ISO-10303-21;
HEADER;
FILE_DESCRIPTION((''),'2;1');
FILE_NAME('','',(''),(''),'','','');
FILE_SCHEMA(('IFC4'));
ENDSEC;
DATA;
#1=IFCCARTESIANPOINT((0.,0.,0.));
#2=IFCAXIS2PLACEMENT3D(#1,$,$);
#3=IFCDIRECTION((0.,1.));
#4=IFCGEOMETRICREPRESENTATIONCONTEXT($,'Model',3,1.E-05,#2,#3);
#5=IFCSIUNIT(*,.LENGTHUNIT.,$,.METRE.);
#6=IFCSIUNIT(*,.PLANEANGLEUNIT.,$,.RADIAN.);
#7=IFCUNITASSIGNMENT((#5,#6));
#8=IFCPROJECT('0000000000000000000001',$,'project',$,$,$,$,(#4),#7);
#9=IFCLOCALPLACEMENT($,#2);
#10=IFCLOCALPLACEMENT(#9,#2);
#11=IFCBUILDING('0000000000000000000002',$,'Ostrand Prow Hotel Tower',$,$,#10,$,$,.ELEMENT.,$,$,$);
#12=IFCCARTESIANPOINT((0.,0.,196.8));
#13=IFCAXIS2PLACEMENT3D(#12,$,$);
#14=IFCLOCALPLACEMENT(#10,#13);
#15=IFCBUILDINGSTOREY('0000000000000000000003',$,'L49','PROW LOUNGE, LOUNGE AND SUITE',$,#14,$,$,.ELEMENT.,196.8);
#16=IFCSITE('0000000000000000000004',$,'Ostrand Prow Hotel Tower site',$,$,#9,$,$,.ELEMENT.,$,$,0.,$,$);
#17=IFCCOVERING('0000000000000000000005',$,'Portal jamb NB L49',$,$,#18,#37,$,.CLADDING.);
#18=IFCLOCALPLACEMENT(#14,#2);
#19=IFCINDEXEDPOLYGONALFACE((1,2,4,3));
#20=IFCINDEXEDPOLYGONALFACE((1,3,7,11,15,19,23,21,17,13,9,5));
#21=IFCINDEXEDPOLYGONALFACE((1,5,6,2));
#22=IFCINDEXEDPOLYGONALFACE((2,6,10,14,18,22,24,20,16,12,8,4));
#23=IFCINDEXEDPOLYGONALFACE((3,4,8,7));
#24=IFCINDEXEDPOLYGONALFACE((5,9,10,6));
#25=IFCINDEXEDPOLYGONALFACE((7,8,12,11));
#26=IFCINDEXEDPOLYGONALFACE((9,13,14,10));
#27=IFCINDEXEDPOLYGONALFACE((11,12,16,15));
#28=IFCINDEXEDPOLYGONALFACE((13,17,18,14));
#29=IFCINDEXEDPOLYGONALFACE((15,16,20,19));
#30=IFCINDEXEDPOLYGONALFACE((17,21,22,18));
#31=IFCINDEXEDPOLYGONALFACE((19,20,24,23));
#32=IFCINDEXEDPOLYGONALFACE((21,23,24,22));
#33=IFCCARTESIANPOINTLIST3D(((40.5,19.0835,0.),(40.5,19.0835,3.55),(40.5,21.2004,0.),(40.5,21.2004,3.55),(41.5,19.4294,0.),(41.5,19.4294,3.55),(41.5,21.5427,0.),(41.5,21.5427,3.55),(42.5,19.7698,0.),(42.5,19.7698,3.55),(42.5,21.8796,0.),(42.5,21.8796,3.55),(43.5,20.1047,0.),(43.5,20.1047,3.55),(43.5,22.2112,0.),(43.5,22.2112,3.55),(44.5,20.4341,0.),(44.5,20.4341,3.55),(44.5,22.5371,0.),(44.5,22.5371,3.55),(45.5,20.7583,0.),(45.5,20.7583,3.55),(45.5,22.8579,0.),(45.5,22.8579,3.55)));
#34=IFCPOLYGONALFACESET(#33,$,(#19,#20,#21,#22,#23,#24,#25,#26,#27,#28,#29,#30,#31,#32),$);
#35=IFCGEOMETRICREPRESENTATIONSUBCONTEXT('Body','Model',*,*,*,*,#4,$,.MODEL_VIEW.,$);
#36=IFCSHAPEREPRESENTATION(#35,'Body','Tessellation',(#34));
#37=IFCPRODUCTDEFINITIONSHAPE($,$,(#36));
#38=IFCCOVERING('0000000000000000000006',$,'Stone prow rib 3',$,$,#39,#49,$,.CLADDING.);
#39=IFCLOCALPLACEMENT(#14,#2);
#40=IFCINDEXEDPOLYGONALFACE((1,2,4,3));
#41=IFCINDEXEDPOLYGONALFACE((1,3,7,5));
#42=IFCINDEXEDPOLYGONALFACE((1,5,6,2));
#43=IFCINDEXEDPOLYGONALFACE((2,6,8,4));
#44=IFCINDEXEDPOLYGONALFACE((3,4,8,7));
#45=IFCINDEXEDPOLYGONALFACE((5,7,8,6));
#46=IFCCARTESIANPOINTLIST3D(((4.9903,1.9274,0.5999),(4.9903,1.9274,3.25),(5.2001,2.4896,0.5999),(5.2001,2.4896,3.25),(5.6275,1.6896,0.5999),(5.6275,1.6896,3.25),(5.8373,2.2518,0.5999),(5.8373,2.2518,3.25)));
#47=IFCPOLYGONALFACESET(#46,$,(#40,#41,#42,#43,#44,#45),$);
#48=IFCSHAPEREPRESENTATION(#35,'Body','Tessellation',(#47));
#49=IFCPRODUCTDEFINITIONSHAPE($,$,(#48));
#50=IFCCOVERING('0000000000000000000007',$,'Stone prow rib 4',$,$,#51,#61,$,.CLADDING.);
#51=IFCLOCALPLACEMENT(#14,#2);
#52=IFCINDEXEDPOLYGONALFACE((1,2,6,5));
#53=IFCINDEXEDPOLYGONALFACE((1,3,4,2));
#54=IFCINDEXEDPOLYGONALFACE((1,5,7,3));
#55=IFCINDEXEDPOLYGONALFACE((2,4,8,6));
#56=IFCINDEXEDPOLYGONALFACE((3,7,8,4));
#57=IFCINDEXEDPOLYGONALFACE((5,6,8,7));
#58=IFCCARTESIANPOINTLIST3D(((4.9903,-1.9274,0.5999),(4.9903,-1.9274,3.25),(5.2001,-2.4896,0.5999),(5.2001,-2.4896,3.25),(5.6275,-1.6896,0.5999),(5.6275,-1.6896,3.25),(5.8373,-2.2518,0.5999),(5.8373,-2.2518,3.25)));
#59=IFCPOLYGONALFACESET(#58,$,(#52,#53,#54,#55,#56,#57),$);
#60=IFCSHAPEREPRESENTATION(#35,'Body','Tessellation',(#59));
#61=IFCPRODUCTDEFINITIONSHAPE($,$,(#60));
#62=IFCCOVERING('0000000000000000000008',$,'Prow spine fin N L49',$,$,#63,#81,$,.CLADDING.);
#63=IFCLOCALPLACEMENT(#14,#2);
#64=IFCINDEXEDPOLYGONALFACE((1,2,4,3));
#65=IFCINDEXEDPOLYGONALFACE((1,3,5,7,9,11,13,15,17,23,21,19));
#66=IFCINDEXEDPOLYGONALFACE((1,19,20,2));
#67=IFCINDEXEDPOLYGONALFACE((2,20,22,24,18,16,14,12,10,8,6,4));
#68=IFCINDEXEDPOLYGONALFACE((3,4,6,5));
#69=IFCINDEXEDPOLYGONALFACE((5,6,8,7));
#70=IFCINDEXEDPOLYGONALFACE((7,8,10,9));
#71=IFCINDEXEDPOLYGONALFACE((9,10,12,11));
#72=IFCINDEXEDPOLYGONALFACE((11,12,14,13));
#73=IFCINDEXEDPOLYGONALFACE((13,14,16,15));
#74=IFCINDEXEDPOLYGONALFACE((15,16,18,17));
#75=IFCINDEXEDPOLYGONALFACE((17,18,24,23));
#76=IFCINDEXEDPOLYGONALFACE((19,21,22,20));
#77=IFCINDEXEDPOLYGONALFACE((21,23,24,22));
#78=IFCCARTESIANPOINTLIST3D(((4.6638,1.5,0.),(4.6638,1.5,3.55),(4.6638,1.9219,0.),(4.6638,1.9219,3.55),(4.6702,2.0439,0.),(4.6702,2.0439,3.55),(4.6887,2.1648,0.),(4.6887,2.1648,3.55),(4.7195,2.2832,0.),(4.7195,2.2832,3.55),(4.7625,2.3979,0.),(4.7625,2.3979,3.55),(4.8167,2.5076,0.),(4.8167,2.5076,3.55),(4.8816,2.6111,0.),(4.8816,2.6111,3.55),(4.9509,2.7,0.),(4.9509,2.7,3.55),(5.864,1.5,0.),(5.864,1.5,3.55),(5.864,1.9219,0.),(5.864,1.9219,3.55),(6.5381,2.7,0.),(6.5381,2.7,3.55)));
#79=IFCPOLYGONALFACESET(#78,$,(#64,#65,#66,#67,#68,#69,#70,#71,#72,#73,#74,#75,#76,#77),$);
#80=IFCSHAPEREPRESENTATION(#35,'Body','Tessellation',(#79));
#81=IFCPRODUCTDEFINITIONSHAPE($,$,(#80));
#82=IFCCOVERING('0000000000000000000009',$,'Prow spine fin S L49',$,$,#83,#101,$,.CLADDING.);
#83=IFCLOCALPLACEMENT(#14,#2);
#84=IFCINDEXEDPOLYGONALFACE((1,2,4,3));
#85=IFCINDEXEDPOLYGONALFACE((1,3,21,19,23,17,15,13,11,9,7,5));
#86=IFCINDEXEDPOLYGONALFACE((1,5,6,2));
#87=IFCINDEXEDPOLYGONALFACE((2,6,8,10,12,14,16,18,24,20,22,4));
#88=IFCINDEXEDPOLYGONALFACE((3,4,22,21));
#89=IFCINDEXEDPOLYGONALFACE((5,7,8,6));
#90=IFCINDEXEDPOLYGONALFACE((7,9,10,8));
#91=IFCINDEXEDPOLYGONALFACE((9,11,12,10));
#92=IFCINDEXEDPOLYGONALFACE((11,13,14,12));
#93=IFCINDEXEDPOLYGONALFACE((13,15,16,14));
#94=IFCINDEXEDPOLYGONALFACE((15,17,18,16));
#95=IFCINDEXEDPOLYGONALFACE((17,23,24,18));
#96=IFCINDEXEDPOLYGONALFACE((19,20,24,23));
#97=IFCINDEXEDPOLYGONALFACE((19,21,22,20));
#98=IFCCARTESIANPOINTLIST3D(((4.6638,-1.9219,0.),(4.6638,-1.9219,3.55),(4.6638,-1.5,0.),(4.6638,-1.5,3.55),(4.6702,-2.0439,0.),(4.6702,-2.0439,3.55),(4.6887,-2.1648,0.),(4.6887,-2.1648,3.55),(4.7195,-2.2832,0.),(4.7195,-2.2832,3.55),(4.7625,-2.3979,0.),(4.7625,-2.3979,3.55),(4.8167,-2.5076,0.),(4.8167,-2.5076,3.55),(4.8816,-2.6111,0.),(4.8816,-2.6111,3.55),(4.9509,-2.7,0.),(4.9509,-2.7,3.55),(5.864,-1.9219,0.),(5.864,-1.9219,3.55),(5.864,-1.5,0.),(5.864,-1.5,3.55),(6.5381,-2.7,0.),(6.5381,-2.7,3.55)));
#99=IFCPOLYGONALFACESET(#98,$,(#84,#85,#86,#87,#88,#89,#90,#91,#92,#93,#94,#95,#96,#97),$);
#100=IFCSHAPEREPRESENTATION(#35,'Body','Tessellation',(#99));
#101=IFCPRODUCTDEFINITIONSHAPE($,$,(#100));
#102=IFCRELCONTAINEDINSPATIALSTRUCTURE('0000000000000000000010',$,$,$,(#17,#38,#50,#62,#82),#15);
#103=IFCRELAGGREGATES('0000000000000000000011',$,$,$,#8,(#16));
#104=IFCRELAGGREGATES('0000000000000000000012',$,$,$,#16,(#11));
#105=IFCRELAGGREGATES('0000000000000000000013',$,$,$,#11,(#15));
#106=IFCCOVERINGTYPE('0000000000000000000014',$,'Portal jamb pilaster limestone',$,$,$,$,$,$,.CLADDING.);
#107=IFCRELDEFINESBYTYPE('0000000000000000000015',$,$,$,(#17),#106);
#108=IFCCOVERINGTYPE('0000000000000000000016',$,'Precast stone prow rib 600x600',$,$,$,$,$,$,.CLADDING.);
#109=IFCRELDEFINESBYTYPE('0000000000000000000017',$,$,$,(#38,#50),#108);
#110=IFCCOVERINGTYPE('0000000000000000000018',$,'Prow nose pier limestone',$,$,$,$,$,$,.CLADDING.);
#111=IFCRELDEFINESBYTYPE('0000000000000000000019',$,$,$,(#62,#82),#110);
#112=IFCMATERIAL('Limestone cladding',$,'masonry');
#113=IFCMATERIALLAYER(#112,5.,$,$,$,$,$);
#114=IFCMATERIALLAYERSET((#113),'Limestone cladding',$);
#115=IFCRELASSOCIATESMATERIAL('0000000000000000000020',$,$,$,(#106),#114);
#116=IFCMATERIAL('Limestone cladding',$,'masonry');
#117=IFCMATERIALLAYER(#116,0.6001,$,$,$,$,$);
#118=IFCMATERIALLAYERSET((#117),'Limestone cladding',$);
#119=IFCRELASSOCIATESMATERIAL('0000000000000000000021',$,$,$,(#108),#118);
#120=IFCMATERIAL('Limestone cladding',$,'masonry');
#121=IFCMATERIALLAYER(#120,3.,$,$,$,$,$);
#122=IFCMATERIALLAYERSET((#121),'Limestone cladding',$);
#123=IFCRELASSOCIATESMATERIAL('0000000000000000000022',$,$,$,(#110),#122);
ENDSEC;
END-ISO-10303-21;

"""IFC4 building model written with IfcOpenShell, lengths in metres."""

from ifc_helpers import new_model, si_unit, direction, frame, frame_2d, origin, place, context, subcontext, project, spatial, polyline, rectangle, outline, extrude, material, layer, layer_set, type_object, element, save


model = new_model("IFC4")

# Units and contexts
model_context = context("Model", 3, precision=1e-05, world=origin(), true_north=direction((0.0, 1.0)))
body_context = subcontext(model_context, "Body", "Model", "MODEL_VIEW")
ifc_project = project(units=[si_unit("LENGTHUNIT", "METRE"), si_unit("PLANEANGLEUNIT", "RADIAN")], contexts=[model_context])

# Site, building, storey
site_placement = place(None, origin())
site = spatial("IfcSite", under=ifc_project, at=site_placement, Name="Ostrand Prow Hotel Tower site", CompositionType="ELEMENT", RefElevation=0.0)
building_placement = place(site_placement, origin())
building = spatial("IfcBuilding", under=site, at=building_placement, Name="Ostrand Prow Hotel Tower", CompositionType="ELEMENT")
storey_placement = place(building_placement, frame((0.0, 0.0, 196.8)))
storey = spatial("IfcBuildingStorey", under=building, at=storey_placement, Name="L49", Description="PROW LOUNGE, LOUNGE AND SUITE", CompositionType="ELEMENT", Elevation=196.8)

# Coverings
ifc_material_1 = material(Name="Limestone cladding", Category="masonry")
ifc_layer_1 = layer(ifc_material_1, 5.0)
ifc_layer_set_1 = layer_set([ifc_layer_1], Name="Limestone cladding")
covering_type_1 = type_object("IfcCoveringType", Name="Portal jamb pilaster limestone", PredefinedType="CLADDING", material=ifc_layer_set_1)
covering_1_placement = place(storey_placement, origin())
element("IfcCovering", 1, at=covering_1_placement, inside=storey, type_object=covering_type_1, Name="Portal jamb NB L49", PredefinedType="CLADDING", context=body_context, shape_type="SweptSolid", body=[
    extrude(outline(polyline([(40.5, 19.0835), (41.5, 19.4294), (42.5, 19.7698), (43.5, 20.1047), (44.5, 20.4341), (45.5, 20.7583), (45.5, 22.8579), (44.5, 22.5371), (43.5, 22.2112), (42.5, 21.8796), (41.5, 21.5427), (40.5, 21.2004), (40.5, 19.0835)])), origin(), (0.0, 0.0, 1.0), 3.55),
])
ifc_material_2 = material(Name="Limestone cladding", Category="masonry")
ifc_layer_2 = layer(ifc_material_2, 0.6001)
ifc_layer_set_2 = layer_set([ifc_layer_2], Name="Limestone cladding")
covering_type_2 = type_object("IfcCoveringType", Name="Precast stone prow rib 600x600", PredefinedType="CLADDING", material=ifc_layer_set_2)
for number, where, z_axis, x_axis, name in (
    (2, (5.7324, 1.9707, 0.5999), (0.0, 0.0, 1.0), (-0.936889, 0.349628, 0.0), "Stone prow rib 3"),
    (3, (5.7324, -1.9707, 0.5999), (0.0, 0.0, 1.0), (-0.936889, -0.349628, 0.0), "Stone prow rib 4"),
):
    element("IfcCovering", number, at=place(storey_placement, frame(where, z_axis=z_axis, x_axis=x_axis)), inside=storey, type_object=covering_type_2, Name=name, PredefinedType="CLADDING", context=body_context, shape_type="SweptSolid", body=[
        extrude(rectangle(XDim=0.6802, YDim=0.6001, at=frame_2d((0.3401, 0.0))), origin(), (0.0, 0.0, 1.0), 2.6501),
    ])
ifc_material_3 = material(Name="Limestone cladding", Category="masonry")
ifc_layer_3 = layer(ifc_material_3, 3.0)
ifc_layer_set_3 = layer_set([ifc_layer_3], Name="Limestone cladding")
covering_type_3 = type_object("IfcCoveringType", Name="Prow nose pier limestone", PredefinedType="CLADDING", material=ifc_layer_set_3)
covering_2_placement = place(storey_placement, origin())
element("IfcCovering", 4, at=covering_2_placement, inside=storey, type_object=covering_type_3, Name="Prow spine fin N L49", PredefinedType="CLADDING", context=body_context, shape_type="SweptSolid", body=[
    extrude(outline(polyline([(4.6638, 1.9219), (4.6638, 1.5), (5.864, 1.5), (5.864, 1.9219), (6.5381, 2.7), (4.9509, 2.7), (4.8816, 2.6111), (4.8167, 2.5076), (4.7625, 2.3979), (4.7195, 2.2832), (4.6887, 2.1648), (4.6702, 2.0439), (4.6638, 1.9219)])), origin(), (0.0, 0.0, 1.0), 3.55),
])
covering_3_placement = place(storey_placement, origin())
element("IfcCovering", 5, at=covering_3_placement, inside=storey, type_object=covering_type_3, Name="Prow spine fin S L49", PredefinedType="CLADDING", context=body_context, shape_type="SweptSolid", body=[
    extrude(outline(polyline([(4.8816, -2.6111), (4.9509, -2.7), (6.5381, -2.7), (5.864, -1.9219), (5.864, -1.5), (4.6638, -1.5), (4.6638, -1.9219), (4.6702, -2.0439), (4.6887, -2.1648), (4.7195, -2.2832), (4.7625, -2.3979), (4.8167, -2.5076), (4.8816, -2.6111)])), origin(), (0.0, 0.0, 1.0), 3.55),
])

save(model, "model.ifc")
